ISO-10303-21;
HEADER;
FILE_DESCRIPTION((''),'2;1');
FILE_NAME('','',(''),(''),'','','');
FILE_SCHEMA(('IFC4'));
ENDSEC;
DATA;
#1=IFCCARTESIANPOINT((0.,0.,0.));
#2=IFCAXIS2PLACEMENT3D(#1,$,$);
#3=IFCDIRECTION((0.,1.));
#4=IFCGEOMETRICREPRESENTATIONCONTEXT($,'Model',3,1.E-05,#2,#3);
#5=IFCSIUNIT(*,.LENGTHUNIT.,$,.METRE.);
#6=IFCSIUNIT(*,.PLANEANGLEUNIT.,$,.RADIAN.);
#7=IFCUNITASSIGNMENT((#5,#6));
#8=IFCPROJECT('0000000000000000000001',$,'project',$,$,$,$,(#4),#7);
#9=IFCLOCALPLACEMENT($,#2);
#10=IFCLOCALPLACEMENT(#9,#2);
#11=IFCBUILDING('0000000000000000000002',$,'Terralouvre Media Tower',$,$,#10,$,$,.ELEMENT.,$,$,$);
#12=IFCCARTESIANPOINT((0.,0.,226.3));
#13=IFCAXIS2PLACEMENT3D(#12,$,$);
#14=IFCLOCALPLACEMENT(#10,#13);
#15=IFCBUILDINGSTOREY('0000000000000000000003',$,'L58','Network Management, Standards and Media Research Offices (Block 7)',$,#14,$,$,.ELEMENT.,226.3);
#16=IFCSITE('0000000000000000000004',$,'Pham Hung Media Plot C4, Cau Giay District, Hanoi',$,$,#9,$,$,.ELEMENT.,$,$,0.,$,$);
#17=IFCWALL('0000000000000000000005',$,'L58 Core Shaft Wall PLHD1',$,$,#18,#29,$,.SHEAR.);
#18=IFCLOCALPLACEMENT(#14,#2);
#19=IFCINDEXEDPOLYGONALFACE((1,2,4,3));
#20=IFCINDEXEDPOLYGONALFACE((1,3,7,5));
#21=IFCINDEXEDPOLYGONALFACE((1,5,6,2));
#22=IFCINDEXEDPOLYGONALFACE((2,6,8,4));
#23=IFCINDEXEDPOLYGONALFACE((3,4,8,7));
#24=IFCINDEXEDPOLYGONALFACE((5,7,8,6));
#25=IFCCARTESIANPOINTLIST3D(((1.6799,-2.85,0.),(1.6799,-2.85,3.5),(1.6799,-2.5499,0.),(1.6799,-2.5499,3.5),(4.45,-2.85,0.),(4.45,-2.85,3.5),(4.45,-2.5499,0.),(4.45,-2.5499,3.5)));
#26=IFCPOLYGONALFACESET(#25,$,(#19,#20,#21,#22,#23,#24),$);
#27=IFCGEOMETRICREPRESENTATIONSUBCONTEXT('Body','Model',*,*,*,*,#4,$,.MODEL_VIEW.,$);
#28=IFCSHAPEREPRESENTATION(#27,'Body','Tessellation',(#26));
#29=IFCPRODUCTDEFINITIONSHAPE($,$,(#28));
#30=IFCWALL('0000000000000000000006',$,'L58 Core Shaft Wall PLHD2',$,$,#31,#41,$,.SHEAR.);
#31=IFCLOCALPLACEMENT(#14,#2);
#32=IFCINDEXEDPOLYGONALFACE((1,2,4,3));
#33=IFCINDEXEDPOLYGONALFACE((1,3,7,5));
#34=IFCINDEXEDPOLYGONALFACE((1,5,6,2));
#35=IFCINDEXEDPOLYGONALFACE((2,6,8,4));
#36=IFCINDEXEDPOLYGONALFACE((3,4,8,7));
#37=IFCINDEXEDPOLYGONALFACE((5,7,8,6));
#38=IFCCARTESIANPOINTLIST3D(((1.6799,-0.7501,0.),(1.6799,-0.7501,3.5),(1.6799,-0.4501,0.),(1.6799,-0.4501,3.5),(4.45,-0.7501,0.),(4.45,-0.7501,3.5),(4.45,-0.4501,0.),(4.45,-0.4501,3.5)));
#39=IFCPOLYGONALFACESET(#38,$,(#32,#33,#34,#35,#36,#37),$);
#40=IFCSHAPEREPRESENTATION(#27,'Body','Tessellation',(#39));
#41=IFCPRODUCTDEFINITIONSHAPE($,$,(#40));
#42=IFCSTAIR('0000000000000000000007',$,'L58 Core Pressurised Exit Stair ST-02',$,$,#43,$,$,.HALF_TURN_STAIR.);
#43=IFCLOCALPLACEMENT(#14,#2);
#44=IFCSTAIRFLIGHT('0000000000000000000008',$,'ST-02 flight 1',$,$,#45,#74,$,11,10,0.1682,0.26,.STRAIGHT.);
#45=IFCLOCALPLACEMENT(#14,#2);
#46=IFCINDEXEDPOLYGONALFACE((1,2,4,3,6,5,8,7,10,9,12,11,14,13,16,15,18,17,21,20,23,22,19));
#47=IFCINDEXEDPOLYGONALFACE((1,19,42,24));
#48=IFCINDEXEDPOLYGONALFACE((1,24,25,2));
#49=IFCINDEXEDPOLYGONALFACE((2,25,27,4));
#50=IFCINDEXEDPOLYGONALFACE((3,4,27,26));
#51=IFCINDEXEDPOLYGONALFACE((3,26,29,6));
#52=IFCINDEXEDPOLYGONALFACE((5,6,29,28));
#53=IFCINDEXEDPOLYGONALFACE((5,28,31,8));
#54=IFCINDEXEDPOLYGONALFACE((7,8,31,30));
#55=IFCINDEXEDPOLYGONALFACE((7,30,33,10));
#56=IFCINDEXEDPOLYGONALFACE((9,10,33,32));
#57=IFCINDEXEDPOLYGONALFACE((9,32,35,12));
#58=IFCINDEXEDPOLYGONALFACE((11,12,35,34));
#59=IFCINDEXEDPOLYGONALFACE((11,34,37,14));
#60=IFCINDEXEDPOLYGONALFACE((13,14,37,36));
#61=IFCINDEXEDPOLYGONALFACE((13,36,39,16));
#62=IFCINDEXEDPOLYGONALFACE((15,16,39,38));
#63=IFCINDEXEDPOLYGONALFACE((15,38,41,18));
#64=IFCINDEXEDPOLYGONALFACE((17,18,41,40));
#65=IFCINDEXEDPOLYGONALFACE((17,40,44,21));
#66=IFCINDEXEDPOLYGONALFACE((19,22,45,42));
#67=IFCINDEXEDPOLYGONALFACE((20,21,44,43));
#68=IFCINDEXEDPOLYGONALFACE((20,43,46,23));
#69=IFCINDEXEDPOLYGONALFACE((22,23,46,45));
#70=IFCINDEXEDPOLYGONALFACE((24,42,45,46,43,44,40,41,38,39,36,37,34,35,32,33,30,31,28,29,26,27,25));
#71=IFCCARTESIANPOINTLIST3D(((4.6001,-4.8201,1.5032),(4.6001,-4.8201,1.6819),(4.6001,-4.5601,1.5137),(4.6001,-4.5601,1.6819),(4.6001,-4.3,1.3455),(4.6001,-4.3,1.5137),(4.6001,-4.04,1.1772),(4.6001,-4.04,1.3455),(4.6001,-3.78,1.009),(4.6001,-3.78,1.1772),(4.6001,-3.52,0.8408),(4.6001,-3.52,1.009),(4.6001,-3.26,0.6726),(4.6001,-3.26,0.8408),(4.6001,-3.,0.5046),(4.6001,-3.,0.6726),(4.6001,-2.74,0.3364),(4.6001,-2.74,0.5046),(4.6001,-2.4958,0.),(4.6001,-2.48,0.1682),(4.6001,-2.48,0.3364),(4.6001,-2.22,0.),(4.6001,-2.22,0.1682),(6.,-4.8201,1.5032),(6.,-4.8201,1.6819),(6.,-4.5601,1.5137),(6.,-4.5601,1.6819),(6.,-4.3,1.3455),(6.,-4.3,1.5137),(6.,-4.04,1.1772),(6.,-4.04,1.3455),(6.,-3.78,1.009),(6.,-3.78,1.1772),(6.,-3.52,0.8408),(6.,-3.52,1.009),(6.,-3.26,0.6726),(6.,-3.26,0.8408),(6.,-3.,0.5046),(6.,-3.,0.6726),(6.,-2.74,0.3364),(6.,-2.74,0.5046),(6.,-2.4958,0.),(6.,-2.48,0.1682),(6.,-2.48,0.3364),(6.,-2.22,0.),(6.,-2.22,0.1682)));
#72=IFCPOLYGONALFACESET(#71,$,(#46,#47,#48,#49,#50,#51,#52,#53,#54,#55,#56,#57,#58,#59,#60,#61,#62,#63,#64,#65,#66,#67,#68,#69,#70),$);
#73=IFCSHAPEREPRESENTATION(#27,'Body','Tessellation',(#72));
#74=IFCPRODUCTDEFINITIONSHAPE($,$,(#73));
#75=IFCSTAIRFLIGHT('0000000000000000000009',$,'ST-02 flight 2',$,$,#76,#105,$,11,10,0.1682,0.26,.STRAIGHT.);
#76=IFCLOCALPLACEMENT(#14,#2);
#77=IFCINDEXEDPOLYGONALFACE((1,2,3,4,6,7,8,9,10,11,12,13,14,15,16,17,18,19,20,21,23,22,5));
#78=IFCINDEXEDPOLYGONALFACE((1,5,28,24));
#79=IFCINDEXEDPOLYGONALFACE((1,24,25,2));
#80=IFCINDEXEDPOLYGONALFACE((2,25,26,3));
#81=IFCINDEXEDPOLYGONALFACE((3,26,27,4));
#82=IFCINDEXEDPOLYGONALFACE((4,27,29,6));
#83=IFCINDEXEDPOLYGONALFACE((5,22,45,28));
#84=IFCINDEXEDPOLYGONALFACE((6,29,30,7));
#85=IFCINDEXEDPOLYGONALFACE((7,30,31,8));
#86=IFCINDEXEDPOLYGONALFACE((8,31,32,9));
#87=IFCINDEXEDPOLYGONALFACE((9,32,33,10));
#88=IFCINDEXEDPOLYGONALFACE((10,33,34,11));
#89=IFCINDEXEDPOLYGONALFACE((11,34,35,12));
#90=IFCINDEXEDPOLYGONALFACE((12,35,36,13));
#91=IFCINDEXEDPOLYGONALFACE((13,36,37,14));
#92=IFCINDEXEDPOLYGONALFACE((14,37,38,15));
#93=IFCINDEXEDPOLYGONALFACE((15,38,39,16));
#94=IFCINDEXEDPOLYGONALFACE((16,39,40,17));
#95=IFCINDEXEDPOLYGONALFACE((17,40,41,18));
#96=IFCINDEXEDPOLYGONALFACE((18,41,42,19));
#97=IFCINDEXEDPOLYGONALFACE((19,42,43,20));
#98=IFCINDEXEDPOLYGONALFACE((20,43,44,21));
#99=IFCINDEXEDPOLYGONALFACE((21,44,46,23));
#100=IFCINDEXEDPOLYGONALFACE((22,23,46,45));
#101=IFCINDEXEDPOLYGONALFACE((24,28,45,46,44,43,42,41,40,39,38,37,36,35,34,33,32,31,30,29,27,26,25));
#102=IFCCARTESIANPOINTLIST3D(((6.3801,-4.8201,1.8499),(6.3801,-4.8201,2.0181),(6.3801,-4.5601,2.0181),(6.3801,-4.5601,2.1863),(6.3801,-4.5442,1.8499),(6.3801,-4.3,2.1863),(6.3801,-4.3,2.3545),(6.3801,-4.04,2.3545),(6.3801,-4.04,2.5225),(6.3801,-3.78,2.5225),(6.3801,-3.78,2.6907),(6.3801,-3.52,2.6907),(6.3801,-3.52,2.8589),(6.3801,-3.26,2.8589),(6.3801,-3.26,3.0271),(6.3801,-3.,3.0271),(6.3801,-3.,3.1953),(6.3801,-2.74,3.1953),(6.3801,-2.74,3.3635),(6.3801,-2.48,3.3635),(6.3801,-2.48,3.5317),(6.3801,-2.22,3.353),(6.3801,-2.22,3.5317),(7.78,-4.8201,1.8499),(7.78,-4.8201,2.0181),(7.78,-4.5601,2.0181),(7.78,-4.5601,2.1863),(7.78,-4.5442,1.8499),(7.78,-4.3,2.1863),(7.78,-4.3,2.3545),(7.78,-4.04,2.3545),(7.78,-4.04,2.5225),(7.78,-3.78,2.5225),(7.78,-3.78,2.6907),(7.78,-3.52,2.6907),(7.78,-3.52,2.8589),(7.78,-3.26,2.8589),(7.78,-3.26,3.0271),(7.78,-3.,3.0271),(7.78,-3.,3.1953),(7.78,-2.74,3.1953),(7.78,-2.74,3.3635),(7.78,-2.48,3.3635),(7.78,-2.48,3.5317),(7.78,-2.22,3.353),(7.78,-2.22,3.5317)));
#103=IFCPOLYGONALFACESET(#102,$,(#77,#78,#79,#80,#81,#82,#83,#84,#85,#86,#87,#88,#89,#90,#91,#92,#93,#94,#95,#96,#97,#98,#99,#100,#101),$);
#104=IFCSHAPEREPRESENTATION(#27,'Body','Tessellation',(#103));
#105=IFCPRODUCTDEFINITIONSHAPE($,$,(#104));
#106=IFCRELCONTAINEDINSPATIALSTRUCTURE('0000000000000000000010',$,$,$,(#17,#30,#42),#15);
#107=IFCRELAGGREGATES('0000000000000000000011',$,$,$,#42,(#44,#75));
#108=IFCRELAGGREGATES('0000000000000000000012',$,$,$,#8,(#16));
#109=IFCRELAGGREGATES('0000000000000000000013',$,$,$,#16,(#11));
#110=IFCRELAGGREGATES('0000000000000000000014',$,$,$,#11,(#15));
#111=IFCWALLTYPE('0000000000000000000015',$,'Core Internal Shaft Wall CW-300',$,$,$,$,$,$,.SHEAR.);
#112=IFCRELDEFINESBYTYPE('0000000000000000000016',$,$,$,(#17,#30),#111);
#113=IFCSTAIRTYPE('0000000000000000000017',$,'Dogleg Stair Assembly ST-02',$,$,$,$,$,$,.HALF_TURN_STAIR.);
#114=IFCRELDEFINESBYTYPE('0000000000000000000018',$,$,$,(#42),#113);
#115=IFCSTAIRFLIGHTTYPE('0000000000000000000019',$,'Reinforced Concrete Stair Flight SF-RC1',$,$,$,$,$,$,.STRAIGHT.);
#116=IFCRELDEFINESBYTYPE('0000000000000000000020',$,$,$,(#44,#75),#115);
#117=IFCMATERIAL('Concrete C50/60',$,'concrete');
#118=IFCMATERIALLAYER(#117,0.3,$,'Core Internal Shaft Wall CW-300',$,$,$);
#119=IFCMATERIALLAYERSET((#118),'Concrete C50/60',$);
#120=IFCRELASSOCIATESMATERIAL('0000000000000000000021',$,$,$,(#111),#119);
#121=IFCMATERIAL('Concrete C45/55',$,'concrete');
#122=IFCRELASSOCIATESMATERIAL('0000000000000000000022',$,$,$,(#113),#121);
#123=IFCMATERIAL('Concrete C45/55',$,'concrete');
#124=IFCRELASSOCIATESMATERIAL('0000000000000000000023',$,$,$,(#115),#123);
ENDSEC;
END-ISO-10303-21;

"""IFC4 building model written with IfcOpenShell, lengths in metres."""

from ifc_helpers import new_model, si_unit, direction, frame, frame_2d, origin, place, context, subcontext, project, spatial, polyline, rectangle, outline, extrude, material, layer, layer_set, type_object, element, aggregate, save


model = new_model("IFC4")

# Units and contexts
model_context = context("Model", 3, precision=1e-05, world=origin(), true_north=direction((0.0, 1.0)))
body_context = subcontext(model_context, "Body", "Model", "MODEL_VIEW")
ifc_project = project(units=[si_unit("LENGTHUNIT", "METRE"), si_unit("PLANEANGLEUNIT", "RADIAN")], contexts=[model_context])

# Site, building, storey
site_placement = place(None, origin())
site = spatial("IfcSite", under=ifc_project, at=site_placement, Name="Pham Hung Media Plot C4, Cau Giay District, Hanoi", CompositionType="ELEMENT", RefElevation=0.0)
building_placement = place(site_placement, origin())
building = spatial("IfcBuilding", under=site, at=building_placement, Name="Terralouvre Media Tower", CompositionType="ELEMENT")
storey_placement = place(building_placement, frame((0.0, 0.0, 226.3)))
storey = spatial("IfcBuildingStorey", under=building, at=storey_placement, Name="L58", Description="Network Management, Standards and Media Research Offices (Block 7)", CompositionType="ELEMENT", Elevation=226.3)

# Shared definitions
ifc_material_1 = material(Name="Concrete C50/60", Category="concrete")
ifc_layer_1 = layer(ifc_material_1, 0.3, Name="Core Internal Shaft Wall CW-300")
ifc_layer_set_1 = layer_set([ifc_layer_1], Name="Concrete C50/60")
wall_type = type_object("IfcWallType", Name="Core Internal Shaft Wall CW-300", PredefinedType="SHEAR", material=ifc_layer_set_1)

# Walls
for number, where, z_axis, x_axis, name in (
    (1, (1.6799, -2.7, 0.0), (0.0, 0.0, 1.0), (1.0, 0.0, 0.0), "L58 Core Shaft Wall PLHD1"),
    (2, (1.6799, -0.6001, 0.0), (0.0, 0.0, 1.0), (1.0, 0.0, 0.0), "L58 Core Shaft Wall PLHD2"),
):
    element("IfcWall", number, at=place(storey_placement, frame(where, z_axis=z_axis, x_axis=x_axis)), inside=storey, type_object=wall_type, Name=name, PredefinedType="SHEAR", context=body_context, shape_type="SweptSolid", body=[
        extrude(rectangle(XDim=2.77, YDim=0.3, at=frame_2d((1.385, 0.0))), origin(), (0.0, 0.0, 1.0), 3.5),
    ])

# Stair, stair flights
ifc_material_2 = material(Name="Concrete C45/55", Category="concrete")
stair_type_1 = type_object("IfcStairType", Name="Dogleg Stair Assembly ST-02", PredefinedType="HALF_TURN_STAIR", material=ifc_material_2)
stair_1_placement = place(storey_placement, origin())
stair_1 = element("IfcStair", 3, at=stair_1_placement, inside=storey, type_object=stair_type_1, Name="L58 Core Pressurised Exit Stair ST-02", PredefinedType="HALF_TURN_STAIR")
ifc_material_3 = material(Name="Concrete C45/55", Category="concrete")
stair_flight_type = type_object("IfcStairFlightType", Name="Reinforced Concrete Stair Flight SF-RC1", PredefinedType="STRAIGHT", material=ifc_material_3)
stair_flight_1_placement = place(storey_placement, frame((5.3, -2.22, 0.0), z_axis=(0.0, 0.0, 1.0), x_axis=(0.0, -1.0, 0.0)))
stair_flight_1 = element("IfcStairFlight", 4, at=stair_flight_1_placement, type_object=stair_flight_type, Name="ST-02 flight 1", NumberOfRisers=11, NumberOfTreads=10, PredefinedType="STRAIGHT", RiserHeight=0.1682, TreadLength=0.26, context=body_context, shape_type="SweptSolid", body=[
    extrude(outline(polyline([(0.0, 0.0), (0.0, 0.1682), (0.26, 0.1682), (0.26, 0.3364), (0.52, 0.3364), (0.52, 0.5046), (0.78, 0.5046), (0.78, 0.6726), (1.04, 0.6726), (1.04, 0.8408), (1.3, 0.8408), (1.3, 1.009), (1.5601, 1.009), (1.5601, 1.1772), (1.8201, 1.1772), (1.8201, 1.3455), (2.0801, 1.3455), (2.0801, 1.5137), (2.3401, 1.5137), (2.3401, 1.6819), (2.6001, 1.6819), (2.6001, 1.8501), (2.6001, 1.5032), (0.2759, 0.0), (0.0, 0.0)])), frame((0.0, 0.7, 0.0), z_axis=(0.0, -1.0, 0.0), x_axis=(1.0, 0.0, 0.0)), (0.0, 0.0, 1.0), 1.3999),
])
stair_flight_2_placement = place(storey_placement, frame((7.0801, -4.8201, 1.8499), z_axis=(0.0, 0.0, 1.0), x_axis=(0.0, 1.0, 0.0)))
stair_flight_2 = element("IfcStairFlight", 5, at=stair_flight_2_placement, type_object=stair_flight_type, Name="ST-02 flight 2", NumberOfRisers=11, NumberOfTreads=10, PredefinedType="STRAIGHT", RiserHeight=0.1682, TreadLength=0.26, context=body_context, shape_type="SweptSolid", body=[
    extrude(outline(polyline([(0.0, 0.0), (0.0, 0.1682), (0.26, 0.1682), (0.26, 0.3364), (0.52, 0.3364), (0.52, 0.5046), (0.78, 0.5046), (0.78, 0.6726), (1.04, 0.6726), (1.04, 0.8408), (1.3, 0.8408), (1.3, 1.009), (1.5601, 1.009), (1.5601, 1.1772), (1.8201, 1.1772), (1.8201, 1.3455), (2.0801, 1.3455), (2.0801, 1.5137), (2.3401, 1.5137), (2.3401, 1.6819), (2.6001, 1.6819), (2.6001, 1.8501), (2.6001, 1.5032), (0.2759, 0.0), (0.0, 0.0)])), frame((0.0, 0.7, 0.0), z_axis=(0.0, -1.0, 0.0), x_axis=(1.0, 0.0, 0.0)), (0.0, 0.0, 1.0), 1.3999),
])
aggregate(stair_1, [stair_flight_1, stair_flight_2])

save(model, "model.ifc")
